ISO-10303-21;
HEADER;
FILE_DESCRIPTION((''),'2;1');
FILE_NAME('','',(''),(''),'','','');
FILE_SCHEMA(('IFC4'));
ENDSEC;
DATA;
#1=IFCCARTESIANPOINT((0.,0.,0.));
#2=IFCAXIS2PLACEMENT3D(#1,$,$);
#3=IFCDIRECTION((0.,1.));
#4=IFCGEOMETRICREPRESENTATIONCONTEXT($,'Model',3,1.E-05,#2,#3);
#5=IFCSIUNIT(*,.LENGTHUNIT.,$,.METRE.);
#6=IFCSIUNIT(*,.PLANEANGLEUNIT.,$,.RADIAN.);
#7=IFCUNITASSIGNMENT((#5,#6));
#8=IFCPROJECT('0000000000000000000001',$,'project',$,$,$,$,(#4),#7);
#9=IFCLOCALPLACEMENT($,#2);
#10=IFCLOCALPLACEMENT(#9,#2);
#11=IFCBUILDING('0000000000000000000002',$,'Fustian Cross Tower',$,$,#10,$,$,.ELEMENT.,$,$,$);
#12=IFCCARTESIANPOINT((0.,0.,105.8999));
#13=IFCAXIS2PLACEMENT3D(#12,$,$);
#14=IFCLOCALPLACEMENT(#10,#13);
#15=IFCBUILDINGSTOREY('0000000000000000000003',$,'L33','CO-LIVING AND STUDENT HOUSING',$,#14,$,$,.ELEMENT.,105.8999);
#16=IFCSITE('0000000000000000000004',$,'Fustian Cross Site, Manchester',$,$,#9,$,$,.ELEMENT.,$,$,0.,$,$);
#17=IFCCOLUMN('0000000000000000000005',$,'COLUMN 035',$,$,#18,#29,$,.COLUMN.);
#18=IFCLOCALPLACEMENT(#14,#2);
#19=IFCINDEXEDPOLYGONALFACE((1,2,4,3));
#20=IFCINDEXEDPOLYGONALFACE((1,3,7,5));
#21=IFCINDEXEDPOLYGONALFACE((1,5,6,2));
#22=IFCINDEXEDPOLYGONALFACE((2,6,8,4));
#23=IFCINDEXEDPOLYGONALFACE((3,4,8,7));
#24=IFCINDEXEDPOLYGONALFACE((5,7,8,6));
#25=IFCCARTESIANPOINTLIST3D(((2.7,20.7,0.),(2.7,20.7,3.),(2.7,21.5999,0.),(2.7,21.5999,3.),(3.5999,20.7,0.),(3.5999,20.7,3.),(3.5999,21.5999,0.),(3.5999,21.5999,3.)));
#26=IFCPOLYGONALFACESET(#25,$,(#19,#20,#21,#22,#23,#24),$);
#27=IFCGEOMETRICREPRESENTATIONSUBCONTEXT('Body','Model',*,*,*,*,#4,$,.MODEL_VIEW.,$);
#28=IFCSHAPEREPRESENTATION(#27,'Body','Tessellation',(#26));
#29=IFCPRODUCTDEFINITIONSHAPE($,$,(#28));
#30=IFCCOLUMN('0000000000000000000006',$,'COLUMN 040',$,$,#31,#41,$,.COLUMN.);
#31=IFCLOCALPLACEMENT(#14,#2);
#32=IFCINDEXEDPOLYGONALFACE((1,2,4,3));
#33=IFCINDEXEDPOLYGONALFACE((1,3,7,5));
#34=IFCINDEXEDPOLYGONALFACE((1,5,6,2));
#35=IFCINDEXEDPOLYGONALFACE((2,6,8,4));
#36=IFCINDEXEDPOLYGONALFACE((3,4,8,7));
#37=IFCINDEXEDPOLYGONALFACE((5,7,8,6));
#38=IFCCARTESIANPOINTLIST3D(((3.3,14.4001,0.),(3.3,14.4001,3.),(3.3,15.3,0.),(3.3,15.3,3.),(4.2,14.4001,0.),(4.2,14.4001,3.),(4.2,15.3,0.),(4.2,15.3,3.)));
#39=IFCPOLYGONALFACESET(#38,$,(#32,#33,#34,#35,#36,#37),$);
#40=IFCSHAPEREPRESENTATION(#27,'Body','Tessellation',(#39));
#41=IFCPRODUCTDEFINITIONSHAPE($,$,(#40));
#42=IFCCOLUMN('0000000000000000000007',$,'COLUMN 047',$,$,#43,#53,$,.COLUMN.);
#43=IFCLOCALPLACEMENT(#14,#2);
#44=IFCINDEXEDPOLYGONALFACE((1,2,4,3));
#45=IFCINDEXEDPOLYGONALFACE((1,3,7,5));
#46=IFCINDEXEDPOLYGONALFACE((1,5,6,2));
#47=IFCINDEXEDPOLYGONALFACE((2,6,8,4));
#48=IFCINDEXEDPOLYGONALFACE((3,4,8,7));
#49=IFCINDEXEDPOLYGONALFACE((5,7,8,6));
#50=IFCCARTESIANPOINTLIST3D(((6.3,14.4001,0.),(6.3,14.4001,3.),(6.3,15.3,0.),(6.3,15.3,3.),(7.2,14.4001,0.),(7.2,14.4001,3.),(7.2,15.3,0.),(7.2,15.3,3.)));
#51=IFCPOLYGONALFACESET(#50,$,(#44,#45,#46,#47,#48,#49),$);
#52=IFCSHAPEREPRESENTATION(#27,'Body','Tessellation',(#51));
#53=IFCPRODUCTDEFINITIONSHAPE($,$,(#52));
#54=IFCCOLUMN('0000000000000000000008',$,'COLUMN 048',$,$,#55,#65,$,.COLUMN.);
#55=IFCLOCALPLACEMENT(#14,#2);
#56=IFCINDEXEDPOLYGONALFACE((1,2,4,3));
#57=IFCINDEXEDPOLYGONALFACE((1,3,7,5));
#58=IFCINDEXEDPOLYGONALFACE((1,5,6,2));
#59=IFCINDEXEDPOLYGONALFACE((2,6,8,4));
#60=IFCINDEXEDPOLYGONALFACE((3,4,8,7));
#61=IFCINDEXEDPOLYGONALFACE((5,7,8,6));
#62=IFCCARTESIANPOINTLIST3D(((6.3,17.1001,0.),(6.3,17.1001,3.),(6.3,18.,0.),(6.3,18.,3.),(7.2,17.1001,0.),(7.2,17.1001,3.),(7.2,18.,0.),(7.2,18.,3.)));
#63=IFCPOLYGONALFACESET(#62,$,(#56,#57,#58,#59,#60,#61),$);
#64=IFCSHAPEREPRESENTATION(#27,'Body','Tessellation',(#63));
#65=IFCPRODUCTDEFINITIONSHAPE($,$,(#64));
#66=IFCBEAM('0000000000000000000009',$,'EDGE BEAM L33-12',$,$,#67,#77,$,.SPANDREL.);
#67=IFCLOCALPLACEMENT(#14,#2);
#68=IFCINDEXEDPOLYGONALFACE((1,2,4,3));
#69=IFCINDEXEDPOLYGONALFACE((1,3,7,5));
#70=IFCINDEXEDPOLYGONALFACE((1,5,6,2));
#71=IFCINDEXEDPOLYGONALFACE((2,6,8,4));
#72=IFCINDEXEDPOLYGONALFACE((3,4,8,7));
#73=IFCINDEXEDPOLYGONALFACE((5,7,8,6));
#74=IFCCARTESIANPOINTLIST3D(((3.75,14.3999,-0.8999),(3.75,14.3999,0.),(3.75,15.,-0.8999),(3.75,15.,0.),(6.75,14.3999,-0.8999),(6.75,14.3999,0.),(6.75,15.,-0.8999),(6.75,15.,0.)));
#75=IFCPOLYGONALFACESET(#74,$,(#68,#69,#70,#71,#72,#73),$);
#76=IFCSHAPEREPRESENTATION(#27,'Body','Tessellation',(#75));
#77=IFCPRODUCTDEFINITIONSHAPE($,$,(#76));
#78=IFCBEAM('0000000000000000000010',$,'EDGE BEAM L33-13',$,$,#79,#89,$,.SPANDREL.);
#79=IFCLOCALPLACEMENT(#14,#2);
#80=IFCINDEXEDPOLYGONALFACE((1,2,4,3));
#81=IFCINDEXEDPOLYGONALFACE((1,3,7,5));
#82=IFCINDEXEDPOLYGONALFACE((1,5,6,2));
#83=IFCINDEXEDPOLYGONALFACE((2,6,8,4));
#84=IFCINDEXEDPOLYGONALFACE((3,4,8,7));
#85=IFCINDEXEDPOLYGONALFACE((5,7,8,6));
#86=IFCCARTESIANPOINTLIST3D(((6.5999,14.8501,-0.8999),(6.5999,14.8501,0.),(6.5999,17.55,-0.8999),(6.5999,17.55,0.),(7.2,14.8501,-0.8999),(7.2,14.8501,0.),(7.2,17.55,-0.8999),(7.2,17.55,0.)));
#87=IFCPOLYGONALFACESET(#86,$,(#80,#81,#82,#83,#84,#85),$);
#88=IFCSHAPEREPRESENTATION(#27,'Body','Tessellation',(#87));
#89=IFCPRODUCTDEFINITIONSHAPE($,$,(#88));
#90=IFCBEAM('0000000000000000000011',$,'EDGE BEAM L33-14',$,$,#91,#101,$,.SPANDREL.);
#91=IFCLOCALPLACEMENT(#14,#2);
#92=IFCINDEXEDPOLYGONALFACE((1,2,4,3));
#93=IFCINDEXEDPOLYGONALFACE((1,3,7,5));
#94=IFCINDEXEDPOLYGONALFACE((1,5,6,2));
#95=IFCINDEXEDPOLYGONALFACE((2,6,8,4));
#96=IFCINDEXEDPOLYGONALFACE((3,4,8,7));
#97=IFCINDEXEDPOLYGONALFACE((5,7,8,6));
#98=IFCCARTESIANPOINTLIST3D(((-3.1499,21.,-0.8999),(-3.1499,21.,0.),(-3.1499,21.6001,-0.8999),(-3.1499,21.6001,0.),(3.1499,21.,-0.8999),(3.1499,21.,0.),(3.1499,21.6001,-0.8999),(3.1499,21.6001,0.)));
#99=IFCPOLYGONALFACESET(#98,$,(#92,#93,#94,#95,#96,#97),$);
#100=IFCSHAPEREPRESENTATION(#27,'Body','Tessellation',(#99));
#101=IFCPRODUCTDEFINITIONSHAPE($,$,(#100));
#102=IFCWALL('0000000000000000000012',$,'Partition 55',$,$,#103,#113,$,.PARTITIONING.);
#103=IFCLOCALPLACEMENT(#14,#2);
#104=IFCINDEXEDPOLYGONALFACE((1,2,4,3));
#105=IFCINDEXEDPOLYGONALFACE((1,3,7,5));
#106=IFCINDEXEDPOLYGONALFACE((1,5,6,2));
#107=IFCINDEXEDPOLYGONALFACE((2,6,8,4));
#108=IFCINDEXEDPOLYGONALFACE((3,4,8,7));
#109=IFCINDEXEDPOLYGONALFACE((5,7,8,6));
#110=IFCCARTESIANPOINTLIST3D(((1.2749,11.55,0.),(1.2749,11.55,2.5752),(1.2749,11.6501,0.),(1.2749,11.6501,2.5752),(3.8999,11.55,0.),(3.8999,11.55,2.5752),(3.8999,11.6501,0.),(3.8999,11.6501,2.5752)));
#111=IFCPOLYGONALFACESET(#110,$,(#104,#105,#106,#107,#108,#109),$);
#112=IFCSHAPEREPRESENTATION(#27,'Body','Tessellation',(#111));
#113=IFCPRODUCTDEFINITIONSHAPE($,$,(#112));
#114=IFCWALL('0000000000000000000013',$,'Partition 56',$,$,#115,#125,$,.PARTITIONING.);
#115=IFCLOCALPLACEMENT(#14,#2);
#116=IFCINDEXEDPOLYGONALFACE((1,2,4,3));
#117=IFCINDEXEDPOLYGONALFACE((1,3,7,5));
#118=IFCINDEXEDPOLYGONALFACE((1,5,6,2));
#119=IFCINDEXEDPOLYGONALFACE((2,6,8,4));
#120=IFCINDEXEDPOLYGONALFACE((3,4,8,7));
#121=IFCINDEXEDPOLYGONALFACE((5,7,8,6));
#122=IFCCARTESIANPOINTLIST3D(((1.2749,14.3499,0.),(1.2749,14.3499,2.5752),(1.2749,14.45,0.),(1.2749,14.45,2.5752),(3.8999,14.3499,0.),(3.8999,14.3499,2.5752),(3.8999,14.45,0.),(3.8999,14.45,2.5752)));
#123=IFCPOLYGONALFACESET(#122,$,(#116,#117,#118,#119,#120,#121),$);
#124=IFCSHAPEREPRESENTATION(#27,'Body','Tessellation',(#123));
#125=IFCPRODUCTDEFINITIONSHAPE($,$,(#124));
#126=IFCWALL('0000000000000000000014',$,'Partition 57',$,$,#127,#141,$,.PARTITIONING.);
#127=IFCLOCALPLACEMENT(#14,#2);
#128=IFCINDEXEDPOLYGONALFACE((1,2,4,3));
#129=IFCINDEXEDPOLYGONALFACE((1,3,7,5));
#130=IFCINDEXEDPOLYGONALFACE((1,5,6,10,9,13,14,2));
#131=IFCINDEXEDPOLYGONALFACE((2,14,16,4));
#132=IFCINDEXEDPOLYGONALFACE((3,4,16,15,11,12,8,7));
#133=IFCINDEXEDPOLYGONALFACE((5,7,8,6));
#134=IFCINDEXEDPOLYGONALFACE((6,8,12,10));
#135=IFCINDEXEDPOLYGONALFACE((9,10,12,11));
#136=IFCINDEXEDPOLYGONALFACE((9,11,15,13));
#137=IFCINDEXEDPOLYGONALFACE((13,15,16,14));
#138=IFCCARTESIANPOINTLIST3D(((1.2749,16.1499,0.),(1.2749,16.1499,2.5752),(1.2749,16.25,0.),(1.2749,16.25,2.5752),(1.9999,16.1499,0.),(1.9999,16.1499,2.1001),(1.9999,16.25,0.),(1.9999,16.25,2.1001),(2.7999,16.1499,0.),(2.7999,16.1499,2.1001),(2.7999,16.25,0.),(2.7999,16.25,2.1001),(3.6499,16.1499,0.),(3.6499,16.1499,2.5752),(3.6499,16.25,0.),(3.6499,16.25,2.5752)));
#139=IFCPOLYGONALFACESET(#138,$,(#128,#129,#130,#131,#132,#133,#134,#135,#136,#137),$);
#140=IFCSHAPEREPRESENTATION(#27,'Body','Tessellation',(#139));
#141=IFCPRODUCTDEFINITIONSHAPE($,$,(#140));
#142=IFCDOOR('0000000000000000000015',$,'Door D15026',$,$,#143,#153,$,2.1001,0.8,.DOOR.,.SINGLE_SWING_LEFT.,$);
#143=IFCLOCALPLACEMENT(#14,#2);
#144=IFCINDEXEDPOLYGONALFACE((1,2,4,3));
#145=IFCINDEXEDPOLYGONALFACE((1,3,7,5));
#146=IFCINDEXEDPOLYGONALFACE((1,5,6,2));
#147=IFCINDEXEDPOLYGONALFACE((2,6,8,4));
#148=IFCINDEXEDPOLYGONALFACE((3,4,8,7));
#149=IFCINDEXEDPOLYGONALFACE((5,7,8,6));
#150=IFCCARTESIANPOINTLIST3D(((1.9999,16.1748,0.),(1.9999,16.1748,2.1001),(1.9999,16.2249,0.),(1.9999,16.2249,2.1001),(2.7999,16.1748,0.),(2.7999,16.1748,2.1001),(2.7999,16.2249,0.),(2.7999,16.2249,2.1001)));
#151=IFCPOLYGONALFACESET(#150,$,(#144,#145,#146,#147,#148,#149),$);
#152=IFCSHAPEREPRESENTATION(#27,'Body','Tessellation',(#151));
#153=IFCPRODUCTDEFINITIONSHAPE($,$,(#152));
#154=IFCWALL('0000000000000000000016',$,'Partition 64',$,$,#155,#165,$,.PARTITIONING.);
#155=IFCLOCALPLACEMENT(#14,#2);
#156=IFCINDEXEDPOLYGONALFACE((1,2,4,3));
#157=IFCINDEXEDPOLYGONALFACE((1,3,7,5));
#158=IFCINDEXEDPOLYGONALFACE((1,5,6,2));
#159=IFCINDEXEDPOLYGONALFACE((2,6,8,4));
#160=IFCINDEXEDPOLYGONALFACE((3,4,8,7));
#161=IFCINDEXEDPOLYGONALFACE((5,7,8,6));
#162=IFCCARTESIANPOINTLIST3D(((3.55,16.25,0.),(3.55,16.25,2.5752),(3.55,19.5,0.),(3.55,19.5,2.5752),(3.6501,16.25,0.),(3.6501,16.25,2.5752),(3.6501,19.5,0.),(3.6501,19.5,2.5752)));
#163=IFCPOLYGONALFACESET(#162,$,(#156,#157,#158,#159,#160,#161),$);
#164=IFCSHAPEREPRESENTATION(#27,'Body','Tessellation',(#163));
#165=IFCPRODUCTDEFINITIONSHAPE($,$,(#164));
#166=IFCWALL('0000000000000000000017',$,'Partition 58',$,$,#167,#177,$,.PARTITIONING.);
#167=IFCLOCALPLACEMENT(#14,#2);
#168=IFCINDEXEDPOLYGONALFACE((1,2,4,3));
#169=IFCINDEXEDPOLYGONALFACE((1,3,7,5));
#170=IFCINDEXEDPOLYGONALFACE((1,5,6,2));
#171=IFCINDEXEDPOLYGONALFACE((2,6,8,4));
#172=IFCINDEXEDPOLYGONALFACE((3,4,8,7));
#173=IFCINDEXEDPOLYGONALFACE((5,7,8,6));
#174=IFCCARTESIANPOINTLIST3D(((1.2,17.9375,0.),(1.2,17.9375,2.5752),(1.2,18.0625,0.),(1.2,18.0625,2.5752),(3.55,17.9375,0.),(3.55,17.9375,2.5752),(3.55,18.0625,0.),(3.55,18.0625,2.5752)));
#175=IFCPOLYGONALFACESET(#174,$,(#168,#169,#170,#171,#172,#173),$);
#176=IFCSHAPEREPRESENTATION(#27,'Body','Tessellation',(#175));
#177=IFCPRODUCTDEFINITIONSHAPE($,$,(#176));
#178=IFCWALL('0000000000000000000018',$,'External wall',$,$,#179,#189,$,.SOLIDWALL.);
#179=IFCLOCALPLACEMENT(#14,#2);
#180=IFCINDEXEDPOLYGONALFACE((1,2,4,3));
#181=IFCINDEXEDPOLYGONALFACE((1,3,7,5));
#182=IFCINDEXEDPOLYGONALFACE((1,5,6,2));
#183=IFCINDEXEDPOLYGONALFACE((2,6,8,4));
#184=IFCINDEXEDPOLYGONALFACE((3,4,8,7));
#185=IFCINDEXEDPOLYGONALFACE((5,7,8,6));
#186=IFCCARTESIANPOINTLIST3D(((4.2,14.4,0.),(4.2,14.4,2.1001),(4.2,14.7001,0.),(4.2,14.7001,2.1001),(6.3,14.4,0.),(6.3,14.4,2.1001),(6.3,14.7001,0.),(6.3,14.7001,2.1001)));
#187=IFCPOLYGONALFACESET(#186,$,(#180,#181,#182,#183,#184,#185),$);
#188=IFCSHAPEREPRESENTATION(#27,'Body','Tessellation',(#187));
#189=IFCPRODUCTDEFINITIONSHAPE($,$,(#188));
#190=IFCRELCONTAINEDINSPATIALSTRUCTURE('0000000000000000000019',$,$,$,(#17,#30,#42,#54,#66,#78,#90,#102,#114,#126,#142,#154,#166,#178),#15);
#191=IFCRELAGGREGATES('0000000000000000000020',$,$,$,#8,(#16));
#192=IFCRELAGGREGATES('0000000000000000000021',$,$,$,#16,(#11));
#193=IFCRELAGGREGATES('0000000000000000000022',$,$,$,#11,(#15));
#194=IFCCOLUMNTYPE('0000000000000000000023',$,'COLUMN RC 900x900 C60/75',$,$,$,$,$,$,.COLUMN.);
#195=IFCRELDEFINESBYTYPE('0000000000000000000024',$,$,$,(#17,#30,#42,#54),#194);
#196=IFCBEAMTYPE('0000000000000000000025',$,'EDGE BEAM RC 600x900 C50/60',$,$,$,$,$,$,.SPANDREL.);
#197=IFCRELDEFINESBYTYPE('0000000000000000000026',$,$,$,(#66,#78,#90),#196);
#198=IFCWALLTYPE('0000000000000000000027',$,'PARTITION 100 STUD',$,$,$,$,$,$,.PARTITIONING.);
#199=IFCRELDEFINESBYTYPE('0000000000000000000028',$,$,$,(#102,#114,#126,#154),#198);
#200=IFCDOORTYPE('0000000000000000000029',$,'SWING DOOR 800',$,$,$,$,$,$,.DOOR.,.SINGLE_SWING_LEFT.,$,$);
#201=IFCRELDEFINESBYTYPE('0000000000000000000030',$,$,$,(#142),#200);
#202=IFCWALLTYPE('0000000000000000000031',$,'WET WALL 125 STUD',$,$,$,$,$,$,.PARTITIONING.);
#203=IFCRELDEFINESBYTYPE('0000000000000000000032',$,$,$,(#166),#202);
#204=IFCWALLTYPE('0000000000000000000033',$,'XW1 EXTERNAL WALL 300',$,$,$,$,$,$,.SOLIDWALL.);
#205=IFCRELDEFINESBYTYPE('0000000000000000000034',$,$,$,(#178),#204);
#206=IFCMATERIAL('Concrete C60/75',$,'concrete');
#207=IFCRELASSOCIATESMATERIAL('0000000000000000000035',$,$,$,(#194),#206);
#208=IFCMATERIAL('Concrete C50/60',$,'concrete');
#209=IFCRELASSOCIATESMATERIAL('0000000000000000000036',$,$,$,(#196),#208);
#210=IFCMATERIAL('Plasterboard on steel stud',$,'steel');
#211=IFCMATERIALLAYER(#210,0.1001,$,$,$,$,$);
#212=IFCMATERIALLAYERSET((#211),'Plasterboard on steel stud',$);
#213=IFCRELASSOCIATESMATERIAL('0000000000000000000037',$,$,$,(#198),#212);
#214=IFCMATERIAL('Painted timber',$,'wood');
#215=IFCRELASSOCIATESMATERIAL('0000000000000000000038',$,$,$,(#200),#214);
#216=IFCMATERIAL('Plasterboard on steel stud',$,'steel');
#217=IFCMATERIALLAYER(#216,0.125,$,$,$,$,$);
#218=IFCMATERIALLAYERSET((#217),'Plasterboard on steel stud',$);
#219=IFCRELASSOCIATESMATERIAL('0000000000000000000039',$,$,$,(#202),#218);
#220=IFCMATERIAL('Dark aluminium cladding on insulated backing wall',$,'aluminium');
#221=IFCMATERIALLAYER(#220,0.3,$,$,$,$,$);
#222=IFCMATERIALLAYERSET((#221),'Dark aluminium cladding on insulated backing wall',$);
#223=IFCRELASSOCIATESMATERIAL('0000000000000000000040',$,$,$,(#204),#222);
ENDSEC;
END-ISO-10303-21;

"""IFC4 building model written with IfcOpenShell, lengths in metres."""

from ifc_helpers import new_model, si_unit, direction, frame, frame_2d, origin, origin_2d, place, context, subcontext, project, spatial, rectangle, extrude, material, layer, layer_set, material_profile, profile_set, type_object, element, fill, save


model = new_model("IFC4")

# Units and contexts
model_context = context("Model", 3, precision=1e-05, world=origin(), true_north=direction((0.0, 1.0)))
body_context = subcontext(model_context, "Body", "Model", "MODEL_VIEW")
ifc_project = project(units=[si_unit("LENGTHUNIT", "METRE"), si_unit("PLANEANGLEUNIT", "RADIAN")], contexts=[model_context])

# Site, building, storey
site_placement = place(None, origin())
site = spatial("IfcSite", under=ifc_project, at=site_placement, Name="Fustian Cross Site, Manchester", CompositionType="ELEMENT", RefElevation=0.0)
building_placement = place(site_placement, origin())
building = spatial("IfcBuilding", under=site, at=building_placement, Name="Fustian Cross Tower", CompositionType="ELEMENT")
storey_placement = place(building_placement, frame((0.0, 0.0, 105.8999)))
storey = spatial("IfcBuildingStorey", under=building, at=storey_placement, Name="L33", Description="CO-LIVING AND STUDENT HOUSING", CompositionType="ELEMENT", Elevation=105.8999)

# Columns
ifc_material_1 = material(Name="Concrete C60/75", Category="concrete")
ifc_material_profile_1 = material_profile(ifc_material_1, rectangle(XDim=0.8999, YDim=0.8999, at=origin_2d()), Name="RC 900x900")
ifc_profile_set_1 = profile_set([ifc_material_profile_1], Name="Concrete C60/75")
column_type = type_object("IfcColumnType", Name="COLUMN RC 900x900 C60/75", PredefinedType="COLUMN", material=ifc_profile_set_1)
for number, where, z_axis, x_axis, name in (
    (1, (3.1499, 21.1499, 0.0), (0.0, 0.0, 1.0), (1.0, 0.0, 0.0), "COLUMN 035"),
    (2, (3.75, 14.8501, 0.0), (0.0, 0.0, 1.0), (1.0, 0.0, 0.0), "COLUMN 040"),
    (3, (6.75, 14.8501, 0.0), (0.0, 0.0, 1.0), (1.0, 0.0, 0.0), "COLUMN 047"),
    (4, (6.75, 17.55, 0.0), (0.0, 0.0, 1.0), (1.0, 0.0, 0.0), "COLUMN 048"),
):
    element("IfcColumn", number, at=place(storey_placement, frame(where, z_axis=z_axis, x_axis=x_axis)), inside=storey, type_object=column_type, Name=name, PredefinedType="COLUMN", context=body_context, shape_type="SweptSolid", body=[
        extrude(rectangle(XDim=0.8999, YDim=0.8999, at=origin_2d()), origin(), (0.0, 0.0, 1.0), 3.0),
    ])

# Beams
ifc_material_2 = material(Name="Concrete C50/60", Category="concrete")
ifc_material_profile_2 = material_profile(ifc_material_2, rectangle(XDim=0.6001, YDim=0.8999, at=origin_2d()), Name="RC 600x900")
ifc_profile_set_2 = profile_set([ifc_material_profile_2], Name="Concrete C50/60")
beam_type = type_object("IfcBeamType", Name="EDGE BEAM RC 600x900 C50/60", PredefinedType="SPANDREL", material=ifc_profile_set_2)
beam_1_placement = place(storey_placement, frame((3.75, 14.7, -0.45), z_axis=(1.0, 0.0, 0.0), x_axis=(0.0, 1.0, 0.0)))
element("IfcBeam", 5, at=beam_1_placement, inside=storey, type_object=beam_type, Name="EDGE BEAM L33-12", PredefinedType="SPANDREL", context=body_context, shape_type="SweptSolid", body=[
    extrude(rectangle(XDim=0.6001, YDim=0.8999, at=origin_2d()), origin(), (0.0, 0.0, 1.0), 3.0),
])
beam_2_placement = place(storey_placement, frame((6.8999, 14.8501, -0.45), z_axis=(0.0, 1.0, 0.0), x_axis=(-1.0, 0.0, 0.0)))
element("IfcBeam", 6, at=beam_2_placement, inside=storey, type_object=beam_type, Name="EDGE BEAM L33-13", PredefinedType="SPANDREL", context=body_context, shape_type="SweptSolid", body=[
    extrude(rectangle(XDim=0.6001, YDim=0.8999, at=origin_2d()), origin(), (0.0, 0.0, 1.0), 2.7),
])
beam_3_placement = place(storey_placement, frame((3.1499, 21.3, -0.45), z_axis=(-1.0, 0.0, 0.0), x_axis=(0.0, -1.0, 0.0)))
element("IfcBeam", 7, at=beam_3_placement, inside=storey, type_object=beam_type, Name="EDGE BEAM L33-14", PredefinedType="SPANDREL", context=body_context, shape_type="SweptSolid", body=[
    extrude(rectangle(XDim=0.6001, YDim=0.8999, at=origin_2d()), origin(), (0.0, 0.0, 1.0), 6.2998),
])

# Walls
ifc_material_3 = material(Name="Plasterboard on steel stud", Category="steel")
ifc_layer_1 = layer(ifc_material_3, 0.1001)
ifc_layer_set_1 = layer_set([ifc_layer_1], Name="Plasterboard on steel stud")
wall_type_1 = type_object("IfcWallType", Name="PARTITION 100 STUD", PredefinedType="PARTITIONING", material=ifc_layer_set_1)
for number, where, z_axis, x_axis, name in (
    (8, (1.2749, 11.6001, 0.0), (0.0, 0.0, 1.0), (1.0, 0.0, 0.0), "Partition 55"),
    (9, (1.2749, 14.3999, 0.0), (0.0, 0.0, 1.0), (1.0, 0.0, 0.0), "Partition 56"),
):
    element("IfcWall", number, at=place(storey_placement, frame(where, z_axis=z_axis, x_axis=x_axis)), inside=storey, type_object=wall_type_1, Name=name, PredefinedType="PARTITIONING", context=body_context, shape_type="SweptSolid", body=[
        extrude(rectangle(XDim=2.625, YDim=0.1001, at=frame_2d((1.3125, 0.0))), origin(), (0.0, 0.0, 1.0), 2.5752),
    ])

# Wall, opening, door
wall_1_placement = place(storey_placement, frame((1.2749, 16.2, 0.0), z_axis=(0.0, 0.0, 1.0), x_axis=(1.0, 0.0, 0.0)))
wall_1 = element("IfcWall", 10, at=wall_1_placement, inside=storey, type_object=wall_type_1, Name="Partition 57", PredefinedType="PARTITIONING", context=body_context, shape_type="SweptSolid", body=[
    extrude(rectangle(XDim=2.375, YDim=0.1001, at=frame_2d((1.1875, 0.0))), origin(), (0.0, 0.0, 1.0), 2.5752),
])
opening_1_placement = place(wall_1_placement, frame((0.7251, 0.0, 0.0)))
opening_1 = element("IfcOpeningElement", 11, at=opening_1_placement, cuts=wall_1, PredefinedType="OPENING", context=body_context, shape_type="SweptSolid", body=[
    extrude(rectangle(XDim=0.8, YDim=2.1001, at=frame_2d((0.3999, 1.05))), frame((0.0, 0.0601, 0.0), z_axis=(0.0, -1.0, 0.0), x_axis=(1.0, 0.0, 0.0)), (0.0, 0.0, 1.0), 0.1201),
])
ifc_material_4 = material(Name="Painted timber", Category="wood")
door_type = type_object("IfcDoorType", Name="SWING DOOR 800", OperationType="SINGLE_SWING_LEFT", PredefinedType="DOOR", material=ifc_material_4)
door_placement = place(opening_1_placement, origin())
door = element("IfcDoor", 12, at=door_placement, inside=storey, type_object=door_type, Name="Door D15026", OperationType="SINGLE_SWING_LEFT", OverallHeight=2.1001, OverallWidth=0.8, PredefinedType="DOOR", context=body_context, shape_type="SweptSolid", body=[
    extrude(rectangle(XDim=0.8, YDim=2.1001, at=frame_2d((0.3999, 1.05))), frame((0.0, 0.0249, 0.0), z_axis=(0.0, -1.0, 0.0), x_axis=(1.0, 0.0, 0.0)), (0.0, 0.0, 1.0), 0.05),
])
fill(opening_1, door)

# Walls
wall_2_placement = place(storey_placement, frame((3.6001, 16.25, 0.0), z_axis=(0.0, 0.0, 1.0), x_axis=(0.0, 1.0, 0.0)))
element("IfcWall", 13, at=wall_2_placement, inside=storey, type_object=wall_type_1, Name="Partition 64", PredefinedType="PARTITIONING", context=body_context, shape_type="SweptSolid", body=[
    extrude(rectangle(XDim=3.25, YDim=0.1001, at=frame_2d((1.625, 0.0))), origin(), (0.0, 0.0, 1.0), 2.5752),
])
ifc_material_5 = material(Name="Plasterboard on steel stud", Category="steel")
ifc_layer_2 = layer(ifc_material_5, 0.125)
ifc_layer_set_2 = layer_set([ifc_layer_2], Name="Plasterboard on steel stud")
wall_type_2 = type_object("IfcWallType", Name="WET WALL 125 STUD", PredefinedType="PARTITIONING", material=ifc_layer_set_2)
wall_3_placement = place(storey_placement, frame((1.2, 18.0, 0.0), z_axis=(0.0, 0.0, 1.0), x_axis=(1.0, 0.0, 0.0)))
element("IfcWall", 14, at=wall_3_placement, inside=storey, type_object=wall_type_2, Name="Partition 58", PredefinedType="PARTITIONING", context=body_context, shape_type="SweptSolid", body=[
    extrude(rectangle(XDim=2.3501, YDim=0.125, at=frame_2d((1.175, 0.0))), origin(), (0.0, 0.0, 1.0), 2.5752),
])
ifc_material_6 = material(Name="Dark aluminium cladding on insulated backing wall", Category="aluminium")
ifc_layer_3 = layer(ifc_material_6, 0.3)
ifc_layer_set_3 = layer_set([ifc_layer_3], Name="Dark aluminium cladding on insulated backing wall")
wall_type_3 = type_object("IfcWallType", Name="XW1 EXTERNAL WALL 300", PredefinedType="SOLIDWALL", material=ifc_layer_set_3)
wall_4_placement = place(storey_placement, frame((4.2, 14.55, 0.0), z_axis=(0.0, 0.0, 1.0), x_axis=(1.0, 0.0, 0.0)))
element("IfcWall", 15, at=wall_4_placement, inside=storey, type_object=wall_type_3, Name="External wall", PredefinedType="SOLIDWALL", context=body_context, shape_type="SweptSolid", body=[
    extrude(rectangle(XDim=2.1001, YDim=0.3, at=frame_2d((1.05, 0.0))), origin(), (0.0, 0.0, 1.0), 2.1001),
])

save(model, "model.ifc")
